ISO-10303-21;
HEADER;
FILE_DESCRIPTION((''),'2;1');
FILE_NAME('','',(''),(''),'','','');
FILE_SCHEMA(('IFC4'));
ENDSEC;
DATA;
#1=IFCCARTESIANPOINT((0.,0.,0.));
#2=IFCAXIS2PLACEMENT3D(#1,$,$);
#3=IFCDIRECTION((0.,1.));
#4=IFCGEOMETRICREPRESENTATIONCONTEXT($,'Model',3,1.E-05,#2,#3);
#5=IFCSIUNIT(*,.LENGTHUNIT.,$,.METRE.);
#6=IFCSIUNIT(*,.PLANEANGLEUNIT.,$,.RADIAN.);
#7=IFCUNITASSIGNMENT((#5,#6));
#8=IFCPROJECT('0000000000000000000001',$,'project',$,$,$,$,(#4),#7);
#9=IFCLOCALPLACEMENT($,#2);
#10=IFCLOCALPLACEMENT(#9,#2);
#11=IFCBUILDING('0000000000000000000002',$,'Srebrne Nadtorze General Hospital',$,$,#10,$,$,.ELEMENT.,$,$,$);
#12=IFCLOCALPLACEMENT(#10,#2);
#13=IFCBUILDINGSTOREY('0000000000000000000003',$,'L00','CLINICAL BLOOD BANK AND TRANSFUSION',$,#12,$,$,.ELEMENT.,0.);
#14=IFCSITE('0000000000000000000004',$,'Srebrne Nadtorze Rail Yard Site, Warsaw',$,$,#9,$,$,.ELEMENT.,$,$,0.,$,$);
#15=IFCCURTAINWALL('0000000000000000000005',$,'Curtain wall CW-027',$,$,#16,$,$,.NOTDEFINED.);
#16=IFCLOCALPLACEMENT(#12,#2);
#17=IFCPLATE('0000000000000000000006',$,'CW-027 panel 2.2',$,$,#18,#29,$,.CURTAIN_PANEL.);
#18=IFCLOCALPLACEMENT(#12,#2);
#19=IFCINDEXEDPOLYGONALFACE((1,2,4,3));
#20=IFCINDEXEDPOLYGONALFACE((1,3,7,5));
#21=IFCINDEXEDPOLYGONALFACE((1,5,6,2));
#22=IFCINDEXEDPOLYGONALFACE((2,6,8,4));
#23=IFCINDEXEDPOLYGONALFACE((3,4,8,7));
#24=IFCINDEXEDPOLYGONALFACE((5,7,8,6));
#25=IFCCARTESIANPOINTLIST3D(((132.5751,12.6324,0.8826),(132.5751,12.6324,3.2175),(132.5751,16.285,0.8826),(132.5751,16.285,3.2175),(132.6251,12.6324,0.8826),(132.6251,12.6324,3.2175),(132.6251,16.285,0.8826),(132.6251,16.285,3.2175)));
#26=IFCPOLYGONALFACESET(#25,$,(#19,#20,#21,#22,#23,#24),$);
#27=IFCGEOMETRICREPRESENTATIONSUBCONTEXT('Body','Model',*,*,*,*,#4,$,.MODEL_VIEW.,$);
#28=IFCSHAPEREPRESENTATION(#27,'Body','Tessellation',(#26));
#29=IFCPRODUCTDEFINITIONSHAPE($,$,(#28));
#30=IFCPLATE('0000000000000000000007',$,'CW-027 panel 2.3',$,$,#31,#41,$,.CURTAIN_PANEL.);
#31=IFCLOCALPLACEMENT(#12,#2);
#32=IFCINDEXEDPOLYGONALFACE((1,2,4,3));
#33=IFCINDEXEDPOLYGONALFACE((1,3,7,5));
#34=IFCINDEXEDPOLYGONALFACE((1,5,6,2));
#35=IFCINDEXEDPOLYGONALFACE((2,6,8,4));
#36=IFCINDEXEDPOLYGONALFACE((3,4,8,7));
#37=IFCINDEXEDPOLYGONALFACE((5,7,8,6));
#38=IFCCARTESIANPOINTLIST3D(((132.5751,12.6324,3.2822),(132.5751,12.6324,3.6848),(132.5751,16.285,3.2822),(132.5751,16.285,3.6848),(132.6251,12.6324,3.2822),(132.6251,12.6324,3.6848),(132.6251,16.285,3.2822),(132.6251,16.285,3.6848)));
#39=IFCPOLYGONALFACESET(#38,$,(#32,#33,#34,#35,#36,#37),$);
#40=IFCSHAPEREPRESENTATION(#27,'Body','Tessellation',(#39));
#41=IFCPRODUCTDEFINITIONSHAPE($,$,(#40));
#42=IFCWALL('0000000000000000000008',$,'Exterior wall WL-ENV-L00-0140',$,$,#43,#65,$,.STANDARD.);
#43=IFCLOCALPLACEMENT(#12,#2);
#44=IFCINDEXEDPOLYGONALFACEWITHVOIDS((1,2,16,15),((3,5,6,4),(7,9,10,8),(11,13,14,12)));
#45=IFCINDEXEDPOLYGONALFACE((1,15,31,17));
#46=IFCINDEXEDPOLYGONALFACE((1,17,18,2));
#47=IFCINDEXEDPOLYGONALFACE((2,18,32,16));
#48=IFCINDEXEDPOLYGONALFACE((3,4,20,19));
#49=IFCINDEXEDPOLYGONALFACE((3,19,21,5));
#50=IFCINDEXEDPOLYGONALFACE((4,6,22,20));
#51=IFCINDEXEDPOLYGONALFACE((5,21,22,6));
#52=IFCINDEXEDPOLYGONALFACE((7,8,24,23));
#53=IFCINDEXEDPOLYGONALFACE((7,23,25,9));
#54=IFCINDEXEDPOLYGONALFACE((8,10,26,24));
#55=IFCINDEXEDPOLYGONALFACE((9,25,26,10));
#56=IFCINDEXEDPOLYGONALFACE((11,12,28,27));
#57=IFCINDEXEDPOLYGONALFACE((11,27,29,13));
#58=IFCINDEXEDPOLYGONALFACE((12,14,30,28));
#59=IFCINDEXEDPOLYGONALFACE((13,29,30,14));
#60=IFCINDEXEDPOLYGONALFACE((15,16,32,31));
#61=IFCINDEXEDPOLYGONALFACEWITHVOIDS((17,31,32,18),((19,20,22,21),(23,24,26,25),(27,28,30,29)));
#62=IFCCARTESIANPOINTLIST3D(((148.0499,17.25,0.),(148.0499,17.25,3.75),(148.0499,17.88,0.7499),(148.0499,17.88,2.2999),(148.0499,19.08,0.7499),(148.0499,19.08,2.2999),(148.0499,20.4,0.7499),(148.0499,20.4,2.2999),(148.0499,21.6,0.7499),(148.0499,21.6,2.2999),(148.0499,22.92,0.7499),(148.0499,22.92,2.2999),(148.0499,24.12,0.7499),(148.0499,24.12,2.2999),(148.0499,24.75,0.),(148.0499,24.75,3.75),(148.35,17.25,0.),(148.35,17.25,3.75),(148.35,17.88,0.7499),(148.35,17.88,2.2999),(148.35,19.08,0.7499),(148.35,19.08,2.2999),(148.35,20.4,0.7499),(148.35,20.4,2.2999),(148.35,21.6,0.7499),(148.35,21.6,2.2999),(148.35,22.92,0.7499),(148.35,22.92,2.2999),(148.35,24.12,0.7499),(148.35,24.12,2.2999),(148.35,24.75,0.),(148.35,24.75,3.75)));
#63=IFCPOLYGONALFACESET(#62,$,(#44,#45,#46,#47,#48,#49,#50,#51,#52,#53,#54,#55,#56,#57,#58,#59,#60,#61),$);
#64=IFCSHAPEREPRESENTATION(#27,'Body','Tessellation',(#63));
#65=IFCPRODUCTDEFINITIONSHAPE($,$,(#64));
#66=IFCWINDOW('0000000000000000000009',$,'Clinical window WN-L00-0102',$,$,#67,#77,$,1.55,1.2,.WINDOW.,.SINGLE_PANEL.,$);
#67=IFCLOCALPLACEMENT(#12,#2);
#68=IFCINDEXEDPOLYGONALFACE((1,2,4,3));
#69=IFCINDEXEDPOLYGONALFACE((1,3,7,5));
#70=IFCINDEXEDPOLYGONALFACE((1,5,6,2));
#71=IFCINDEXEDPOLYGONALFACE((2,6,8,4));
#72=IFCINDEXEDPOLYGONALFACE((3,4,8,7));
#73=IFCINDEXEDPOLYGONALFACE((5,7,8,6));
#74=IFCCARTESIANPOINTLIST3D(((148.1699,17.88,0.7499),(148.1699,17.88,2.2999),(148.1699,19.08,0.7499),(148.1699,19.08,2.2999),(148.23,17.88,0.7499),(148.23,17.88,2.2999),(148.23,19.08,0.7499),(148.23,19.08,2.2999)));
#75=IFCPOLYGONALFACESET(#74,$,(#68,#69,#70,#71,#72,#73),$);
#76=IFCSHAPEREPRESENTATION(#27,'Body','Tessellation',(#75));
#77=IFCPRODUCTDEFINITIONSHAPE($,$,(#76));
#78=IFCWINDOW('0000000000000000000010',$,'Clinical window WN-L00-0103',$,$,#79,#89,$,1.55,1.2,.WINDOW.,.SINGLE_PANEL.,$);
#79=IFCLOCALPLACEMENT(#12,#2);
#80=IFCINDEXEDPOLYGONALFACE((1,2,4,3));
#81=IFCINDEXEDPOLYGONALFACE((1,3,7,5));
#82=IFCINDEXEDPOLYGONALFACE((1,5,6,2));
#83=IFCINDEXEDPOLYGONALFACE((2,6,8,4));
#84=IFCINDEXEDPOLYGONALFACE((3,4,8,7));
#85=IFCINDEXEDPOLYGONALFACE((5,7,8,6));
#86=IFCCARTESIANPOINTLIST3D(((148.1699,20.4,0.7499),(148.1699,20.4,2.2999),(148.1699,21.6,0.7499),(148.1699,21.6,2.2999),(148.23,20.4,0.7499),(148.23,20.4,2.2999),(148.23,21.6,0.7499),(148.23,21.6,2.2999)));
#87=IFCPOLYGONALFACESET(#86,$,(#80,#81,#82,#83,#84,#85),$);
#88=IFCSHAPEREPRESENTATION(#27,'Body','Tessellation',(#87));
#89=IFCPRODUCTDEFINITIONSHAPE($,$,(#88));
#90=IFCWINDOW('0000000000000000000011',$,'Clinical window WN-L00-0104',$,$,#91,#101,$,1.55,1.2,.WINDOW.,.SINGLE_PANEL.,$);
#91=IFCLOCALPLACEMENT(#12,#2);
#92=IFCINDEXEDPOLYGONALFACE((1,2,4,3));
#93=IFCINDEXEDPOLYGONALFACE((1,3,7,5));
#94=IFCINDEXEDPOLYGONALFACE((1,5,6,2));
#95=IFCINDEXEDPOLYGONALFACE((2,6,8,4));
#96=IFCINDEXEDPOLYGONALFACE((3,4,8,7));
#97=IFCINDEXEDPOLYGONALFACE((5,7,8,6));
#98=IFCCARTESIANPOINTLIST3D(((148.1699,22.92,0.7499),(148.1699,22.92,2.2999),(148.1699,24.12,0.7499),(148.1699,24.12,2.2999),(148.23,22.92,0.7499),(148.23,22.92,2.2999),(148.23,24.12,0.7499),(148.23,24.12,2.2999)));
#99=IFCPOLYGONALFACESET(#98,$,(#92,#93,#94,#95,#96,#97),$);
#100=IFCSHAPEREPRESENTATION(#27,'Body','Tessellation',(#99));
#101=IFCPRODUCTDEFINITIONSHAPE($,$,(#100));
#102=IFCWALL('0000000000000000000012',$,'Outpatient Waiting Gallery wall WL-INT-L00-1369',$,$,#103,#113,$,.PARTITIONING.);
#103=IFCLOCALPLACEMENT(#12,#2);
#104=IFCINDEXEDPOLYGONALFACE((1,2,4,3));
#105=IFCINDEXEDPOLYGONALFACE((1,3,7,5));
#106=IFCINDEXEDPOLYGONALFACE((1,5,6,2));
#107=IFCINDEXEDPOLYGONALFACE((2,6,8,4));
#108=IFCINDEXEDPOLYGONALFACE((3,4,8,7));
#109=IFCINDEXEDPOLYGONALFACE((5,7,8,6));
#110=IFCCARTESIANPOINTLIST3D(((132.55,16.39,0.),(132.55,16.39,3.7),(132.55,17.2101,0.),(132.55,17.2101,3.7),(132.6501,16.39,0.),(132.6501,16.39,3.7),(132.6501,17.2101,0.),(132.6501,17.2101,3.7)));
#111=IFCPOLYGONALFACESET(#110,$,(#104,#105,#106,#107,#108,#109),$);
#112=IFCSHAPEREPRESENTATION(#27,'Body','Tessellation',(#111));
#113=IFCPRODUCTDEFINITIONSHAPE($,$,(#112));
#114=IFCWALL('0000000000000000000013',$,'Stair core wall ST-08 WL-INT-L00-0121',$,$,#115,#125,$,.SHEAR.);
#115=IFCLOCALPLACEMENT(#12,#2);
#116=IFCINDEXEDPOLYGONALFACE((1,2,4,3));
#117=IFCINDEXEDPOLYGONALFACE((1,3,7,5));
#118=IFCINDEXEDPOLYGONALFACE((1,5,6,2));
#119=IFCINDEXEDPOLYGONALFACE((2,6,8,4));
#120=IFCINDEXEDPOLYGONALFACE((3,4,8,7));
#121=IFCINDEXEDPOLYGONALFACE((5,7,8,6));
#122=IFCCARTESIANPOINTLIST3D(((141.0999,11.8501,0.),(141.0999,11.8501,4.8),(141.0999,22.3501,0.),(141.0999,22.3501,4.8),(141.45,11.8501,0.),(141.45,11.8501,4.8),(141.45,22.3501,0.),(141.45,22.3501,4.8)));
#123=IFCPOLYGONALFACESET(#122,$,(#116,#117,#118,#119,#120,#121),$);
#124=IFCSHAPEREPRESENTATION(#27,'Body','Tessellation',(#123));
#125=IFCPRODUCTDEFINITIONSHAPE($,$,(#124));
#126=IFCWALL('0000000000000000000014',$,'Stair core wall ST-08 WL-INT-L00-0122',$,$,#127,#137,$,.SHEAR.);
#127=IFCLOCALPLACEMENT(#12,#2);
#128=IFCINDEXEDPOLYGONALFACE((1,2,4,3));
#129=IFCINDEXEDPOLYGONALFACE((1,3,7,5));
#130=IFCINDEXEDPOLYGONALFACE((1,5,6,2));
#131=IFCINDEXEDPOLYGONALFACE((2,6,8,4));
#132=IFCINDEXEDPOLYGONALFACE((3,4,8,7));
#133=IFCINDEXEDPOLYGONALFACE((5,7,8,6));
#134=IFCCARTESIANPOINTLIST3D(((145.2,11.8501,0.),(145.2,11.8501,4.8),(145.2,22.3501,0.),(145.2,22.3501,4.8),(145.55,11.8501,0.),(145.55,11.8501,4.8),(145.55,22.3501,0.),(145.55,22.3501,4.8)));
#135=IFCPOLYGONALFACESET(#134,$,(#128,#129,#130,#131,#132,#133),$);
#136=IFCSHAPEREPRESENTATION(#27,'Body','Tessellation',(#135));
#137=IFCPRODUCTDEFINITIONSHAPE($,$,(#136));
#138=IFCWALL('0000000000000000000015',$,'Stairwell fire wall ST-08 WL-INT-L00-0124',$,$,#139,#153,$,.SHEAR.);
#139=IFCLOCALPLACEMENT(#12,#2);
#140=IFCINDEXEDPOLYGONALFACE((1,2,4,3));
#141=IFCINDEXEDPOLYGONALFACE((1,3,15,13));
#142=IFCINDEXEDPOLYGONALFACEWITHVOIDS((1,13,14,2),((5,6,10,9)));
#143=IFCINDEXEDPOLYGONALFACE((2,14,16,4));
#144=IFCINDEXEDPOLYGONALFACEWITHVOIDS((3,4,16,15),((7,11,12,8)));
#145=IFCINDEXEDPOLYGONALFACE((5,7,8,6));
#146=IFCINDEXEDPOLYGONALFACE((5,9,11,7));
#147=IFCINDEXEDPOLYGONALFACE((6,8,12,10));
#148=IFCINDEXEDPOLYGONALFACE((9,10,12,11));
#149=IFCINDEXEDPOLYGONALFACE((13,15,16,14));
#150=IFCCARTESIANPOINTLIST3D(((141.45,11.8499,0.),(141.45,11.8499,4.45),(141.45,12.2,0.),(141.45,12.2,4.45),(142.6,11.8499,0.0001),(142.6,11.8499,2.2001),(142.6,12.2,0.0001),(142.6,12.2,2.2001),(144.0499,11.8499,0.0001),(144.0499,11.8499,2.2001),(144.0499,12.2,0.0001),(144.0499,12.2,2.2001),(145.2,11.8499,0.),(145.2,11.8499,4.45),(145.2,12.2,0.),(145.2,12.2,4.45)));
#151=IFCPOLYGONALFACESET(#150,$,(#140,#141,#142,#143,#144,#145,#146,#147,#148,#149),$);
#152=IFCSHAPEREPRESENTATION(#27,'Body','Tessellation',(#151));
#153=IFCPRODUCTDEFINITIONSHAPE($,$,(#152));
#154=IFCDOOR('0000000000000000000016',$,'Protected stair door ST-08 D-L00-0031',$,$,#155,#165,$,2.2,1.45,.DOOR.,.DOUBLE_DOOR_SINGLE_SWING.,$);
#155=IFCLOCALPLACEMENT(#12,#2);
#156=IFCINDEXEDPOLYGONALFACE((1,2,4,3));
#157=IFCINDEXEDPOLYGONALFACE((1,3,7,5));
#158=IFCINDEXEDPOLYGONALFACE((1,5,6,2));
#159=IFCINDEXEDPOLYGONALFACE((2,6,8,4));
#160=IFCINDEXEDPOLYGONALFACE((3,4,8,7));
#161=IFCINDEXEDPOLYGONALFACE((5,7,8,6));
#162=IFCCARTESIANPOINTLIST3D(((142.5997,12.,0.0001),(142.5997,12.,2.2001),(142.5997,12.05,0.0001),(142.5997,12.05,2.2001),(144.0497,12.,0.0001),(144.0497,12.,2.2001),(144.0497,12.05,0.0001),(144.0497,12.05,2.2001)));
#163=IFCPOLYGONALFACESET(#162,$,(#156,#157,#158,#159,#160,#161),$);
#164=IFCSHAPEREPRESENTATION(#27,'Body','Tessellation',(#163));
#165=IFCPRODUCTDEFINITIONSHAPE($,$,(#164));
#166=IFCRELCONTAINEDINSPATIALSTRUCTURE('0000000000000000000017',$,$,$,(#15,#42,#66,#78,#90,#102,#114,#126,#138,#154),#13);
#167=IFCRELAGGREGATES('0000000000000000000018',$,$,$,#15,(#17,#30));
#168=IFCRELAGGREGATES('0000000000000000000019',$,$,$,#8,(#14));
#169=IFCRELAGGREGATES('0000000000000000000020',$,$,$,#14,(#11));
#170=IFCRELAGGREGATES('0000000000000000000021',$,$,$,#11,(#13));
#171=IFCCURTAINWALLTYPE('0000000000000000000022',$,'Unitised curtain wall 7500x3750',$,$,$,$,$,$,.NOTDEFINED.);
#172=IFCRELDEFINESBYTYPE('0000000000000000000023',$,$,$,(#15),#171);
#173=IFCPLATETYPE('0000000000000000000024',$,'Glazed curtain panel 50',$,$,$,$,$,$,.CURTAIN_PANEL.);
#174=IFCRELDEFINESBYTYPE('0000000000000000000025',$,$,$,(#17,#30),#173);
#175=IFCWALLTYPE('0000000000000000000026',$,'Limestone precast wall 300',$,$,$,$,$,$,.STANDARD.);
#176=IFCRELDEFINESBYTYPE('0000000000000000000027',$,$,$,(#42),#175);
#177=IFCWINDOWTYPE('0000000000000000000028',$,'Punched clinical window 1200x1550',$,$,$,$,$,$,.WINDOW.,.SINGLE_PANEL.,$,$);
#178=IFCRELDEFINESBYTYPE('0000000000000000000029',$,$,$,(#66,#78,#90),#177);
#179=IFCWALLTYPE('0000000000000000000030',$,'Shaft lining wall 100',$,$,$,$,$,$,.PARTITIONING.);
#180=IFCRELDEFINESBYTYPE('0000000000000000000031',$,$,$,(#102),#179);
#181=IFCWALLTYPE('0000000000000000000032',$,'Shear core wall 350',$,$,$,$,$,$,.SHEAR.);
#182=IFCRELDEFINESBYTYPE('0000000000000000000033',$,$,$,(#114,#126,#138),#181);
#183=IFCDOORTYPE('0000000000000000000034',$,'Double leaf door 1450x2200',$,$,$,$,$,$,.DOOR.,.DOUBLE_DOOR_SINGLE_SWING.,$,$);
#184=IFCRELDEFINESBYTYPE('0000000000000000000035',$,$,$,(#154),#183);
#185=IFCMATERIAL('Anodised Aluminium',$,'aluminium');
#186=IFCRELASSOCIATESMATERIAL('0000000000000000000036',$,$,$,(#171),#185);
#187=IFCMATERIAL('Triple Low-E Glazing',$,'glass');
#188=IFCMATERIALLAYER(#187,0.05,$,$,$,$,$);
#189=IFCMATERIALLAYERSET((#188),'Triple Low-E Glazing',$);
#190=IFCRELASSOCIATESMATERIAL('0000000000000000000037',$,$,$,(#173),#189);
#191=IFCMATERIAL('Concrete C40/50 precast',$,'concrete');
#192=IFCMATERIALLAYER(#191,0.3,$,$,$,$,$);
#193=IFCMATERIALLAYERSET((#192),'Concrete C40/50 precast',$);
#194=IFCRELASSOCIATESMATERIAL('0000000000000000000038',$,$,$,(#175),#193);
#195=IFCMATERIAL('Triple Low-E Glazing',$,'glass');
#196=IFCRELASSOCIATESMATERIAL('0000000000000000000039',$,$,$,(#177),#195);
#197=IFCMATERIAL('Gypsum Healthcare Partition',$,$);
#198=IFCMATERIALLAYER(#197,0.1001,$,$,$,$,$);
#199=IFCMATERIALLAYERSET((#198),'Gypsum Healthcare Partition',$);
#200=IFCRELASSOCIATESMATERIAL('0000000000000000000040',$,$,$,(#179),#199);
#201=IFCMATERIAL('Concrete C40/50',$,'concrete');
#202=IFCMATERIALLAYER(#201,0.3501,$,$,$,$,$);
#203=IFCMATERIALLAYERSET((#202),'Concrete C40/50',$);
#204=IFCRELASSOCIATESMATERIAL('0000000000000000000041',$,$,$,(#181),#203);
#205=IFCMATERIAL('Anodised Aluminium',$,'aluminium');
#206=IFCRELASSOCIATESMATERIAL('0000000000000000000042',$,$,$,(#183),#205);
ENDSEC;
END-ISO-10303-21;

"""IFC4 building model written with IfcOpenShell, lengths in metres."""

from ifc_helpers import new_model, si_unit, direction, frame, frame_2d, origin, origin_2d, place, context, subcontext, project, spatial, rectangle, extrude, material, layer, layer_set, type_object, element, fill, aggregate, save


model = new_model("IFC4")

# Units and contexts
model_context = context("Model", 3, precision=1e-05, world=origin(), true_north=direction((0.0, 1.0)))
body_context = subcontext(model_context, "Body", "Model", "MODEL_VIEW")
ifc_project = project(units=[si_unit("LENGTHUNIT", "METRE"), si_unit("PLANEANGLEUNIT", "RADIAN")], contexts=[model_context])

# Site, building, storey
site_placement = place(None, origin())
site = spatial("IfcSite", under=ifc_project, at=site_placement, Name="Srebrne Nadtorze Rail Yard Site, Warsaw", CompositionType="ELEMENT", RefElevation=0.0)
building_placement = place(site_placement, origin())
building = spatial("IfcBuilding", under=site, at=building_placement, Name="Srebrne Nadtorze General Hospital", CompositionType="ELEMENT")
storey_placement = place(building_placement, origin())
storey = spatial("IfcBuildingStorey", under=building, at=storey_placement, Name="L00", Description="CLINICAL BLOOD BANK AND TRANSFUSION", CompositionType="ELEMENT", Elevation=0.0)

# Curtain wall
ifc_material_1 = material(Name="Anodised Aluminium", Category="aluminium")
curtain_wall_type = type_object("IfcCurtainWallType", Name="Unitised curtain wall 7500x3750", PredefinedType="NOTDEFINED", material=ifc_material_1)
curtain_wall_1_placement = place(storey_placement, origin())
curtain_wall_1 = element("IfcCurtainWall", 1, at=curtain_wall_1_placement, inside=storey, type_object=curtain_wall_type, Name="Curtain wall CW-027", PredefinedType="NOTDEFINED")

# Plates
ifc_material_2 = material(Name="Triple Low-E Glazing", Category="glass")
ifc_layer_1 = layer(ifc_material_2, 0.05)
ifc_layer_set_1 = layer_set([ifc_layer_1], Name="Triple Low-E Glazing")
plate_type = type_object("IfcPlateType", Name="Glazed curtain panel 50", PredefinedType="CURTAIN_PANEL", material=ifc_layer_set_1)
plate_1_placement = place(storey_placement, frame((132.6001, 14.4587, 0.8826), z_axis=(0.0, 0.0, 1.0), x_axis=(0.0, 1.0, 0.0)))
plate_1 = element("IfcPlate", 2, at=plate_1_placement, type_object=plate_type, Name="CW-027 panel 2.2", PredefinedType="CURTAIN_PANEL", context=body_context, shape_type="SweptSolid", body=[
    extrude(rectangle(XDim=3.6526, YDim=0.05, at=origin_2d()), origin(), (0.0, 0.0, 1.0), 2.335),
])
plate_2_placement = place(storey_placement, frame((132.6001, 14.4587, 3.2822), z_axis=(0.0, 0.0, 1.0), x_axis=(0.0, 1.0, 0.0)))
plate_2 = element("IfcPlate", 3, at=plate_2_placement, type_object=plate_type, Name="CW-027 panel 2.3", PredefinedType="CURTAIN_PANEL", context=body_context, shape_type="SweptSolid", body=[
    extrude(rectangle(XDim=3.6526, YDim=0.05, at=origin_2d()), origin(), (0.0, 0.0, 1.0), 0.4026),
])
aggregate(curtain_wall_1, [plate_1, plate_2])

# Wall, openings, windows
ifc_material_3 = material(Name="Concrete C40/50 precast", Category="concrete")
ifc_layer_2 = layer(ifc_material_3, 0.3)
ifc_layer_set_2 = layer_set([ifc_layer_2], Name="Concrete C40/50 precast")
wall_type_1 = type_object("IfcWallType", Name="Limestone precast wall 300", PredefinedType="STANDARD", material=ifc_layer_set_2)
wall_1_placement = place(storey_placement, frame((148.2, 17.25, 0.0), z_axis=(0.0, 0.0, 1.0), x_axis=(0.0, 1.0, 0.0)))
wall_1 = element("IfcWall", 4, at=wall_1_placement, inside=storey, type_object=wall_type_1, Name="Exterior wall WL-ENV-L00-0140", PredefinedType="STANDARD", context=body_context, shape_type="SweptSolid", body=[
    extrude(rectangle(XDim=7.5, YDim=0.3, at=frame_2d((3.75, 0.0))), origin(), (0.0, 0.0, 1.0), 3.75),
])
opening_1_placement = place(wall_1_placement, frame((0.6299, 0.0, 0.75)))
opening_1 = element("IfcOpeningElement", 5, at=opening_1_placement, cuts=wall_1, PredefinedType="OPENING", context=body_context, shape_type="SweptSolid", body=[
    extrude(rectangle(XDim=1.2, YDim=1.55, at=frame_2d((0.6001, 0.7749))), frame((0.0, 0.1621, 0.0), z_axis=(0.0, -1.0, 0.0), x_axis=(1.0, 0.0, 0.0)), (0.0, 0.0, 1.0), 0.324),
])
opening_2_placement = place(wall_1_placement, frame((3.1499, 0.0, 0.75)))
opening_2 = element("IfcOpeningElement", 6, at=opening_2_placement, cuts=wall_1, PredefinedType="OPENING", context=body_context, shape_type="SweptSolid", body=[
    extrude(rectangle(XDim=1.2, YDim=1.55, at=frame_2d((0.6001, 0.7749))), frame((0.0, 0.1621, 0.0), z_axis=(0.0, -1.0, 0.0), x_axis=(1.0, 0.0, 0.0)), (0.0, 0.0, 1.0), 0.324),
])
opening_3_placement = place(wall_1_placement, frame((5.6699, 0.0, 0.75)))
opening_3 = element("IfcOpeningElement", 7, at=opening_3_placement, cuts=wall_1, PredefinedType="OPENING", context=body_context, shape_type="SweptSolid", body=[
    extrude(rectangle(XDim=1.2, YDim=1.55, at=frame_2d((0.6001, 0.7749))), frame((0.0, 0.1621, 0.0), z_axis=(0.0, -1.0, 0.0), x_axis=(1.0, 0.0, 0.0)), (0.0, 0.0, 1.0), 0.324),
])
ifc_material_4 = material(Name="Triple Low-E Glazing", Category="glass")
window_type = type_object("IfcWindowType", Name="Punched clinical window 1200x1550", PartitioningType="SINGLE_PANEL", PredefinedType="WINDOW", material=ifc_material_4)
window_1_placement = place(opening_1_placement, origin())
window_1 = element("IfcWindow", 8, at=window_1_placement, inside=storey, type_object=window_type, Name="Clinical window WN-L00-0102", OverallHeight=1.55, OverallWidth=1.2, PartitioningType="SINGLE_PANEL", PredefinedType="WINDOW", context=body_context, shape_type="SweptSolid", body=[
    extrude(rectangle(XDim=1.2, YDim=1.55, at=frame_2d((0.6001, 0.7749))), frame((0.0, 0.03, 0.0), z_axis=(0.0, -1.0, 0.0), x_axis=(1.0, 0.0, 0.0)), (0.0, 0.0, 1.0), 0.0601),
])
fill(opening_1, window_1)
window_2_placement = place(opening_2_placement, origin())
window_2 = element("IfcWindow", 9, at=window_2_placement, inside=storey, type_object=window_type, Name="Clinical window WN-L00-0103", OverallHeight=1.55, OverallWidth=1.2, PartitioningType="SINGLE_PANEL", PredefinedType="WINDOW", context=body_context, shape_type="SweptSolid", body=[
    extrude(rectangle(XDim=1.2, YDim=1.55, at=frame_2d((0.6001, 0.7749))), frame((0.0, 0.03, 0.0), z_axis=(0.0, -1.0, 0.0), x_axis=(1.0, 0.0, 0.0)), (0.0, 0.0, 1.0), 0.0601),
])
fill(opening_2, window_2)
window_3_placement = place(opening_3_placement, origin())
window_3 = element("IfcWindow", 10, at=window_3_placement, inside=storey, type_object=window_type, Name="Clinical window WN-L00-0104", OverallHeight=1.55, OverallWidth=1.2, PartitioningType="SINGLE_PANEL", PredefinedType="WINDOW", context=body_context, shape_type="SweptSolid", body=[
    extrude(rectangle(XDim=1.2, YDim=1.55, at=frame_2d((0.6001, 0.7749))), frame((0.0, 0.03, 0.0), z_axis=(0.0, -1.0, 0.0), x_axis=(1.0, 0.0, 0.0)), (0.0, 0.0, 1.0), 0.0601),
])
fill(opening_3, window_3)

# Walls
ifc_material_5 = material(Name="Gypsum Healthcare Partition")
ifc_layer_3 = layer(ifc_material_5, 0.1001)
ifc_layer_set_3 = layer_set([ifc_layer_3], Name="Gypsum Healthcare Partition")
wall_type_2 = type_object("IfcWallType", Name="Shaft lining wall 100", PredefinedType="PARTITIONING", material=ifc_layer_set_3)
wall_2_placement = place(storey_placement, frame((132.6001, 16.3899, 0.0), z_axis=(0.0, 0.0, 1.0), x_axis=(0.0, 1.0, 0.0)))
element("IfcWall", 11, at=wall_2_placement, inside=storey, type_object=wall_type_2, Name="Outpatient Waiting Gallery wall WL-INT-L00-1369", PredefinedType="PARTITIONING", context=body_context, shape_type="SweptSolid", body=[
    extrude(rectangle(XDim=0.8201, YDim=0.1001, at=frame_2d((0.4102, 0.0))), origin(), (0.0, 0.0, 1.0), 3.7),
])
ifc_material_6 = material(Name="Concrete C40/50", Category="concrete")
ifc_layer_4 = layer(ifc_material_6, 0.3501)
ifc_layer_set_4 = layer_set([ifc_layer_4], Name="Concrete C40/50")
wall_type_3 = type_object("IfcWallType", Name="Shear core wall 350", PredefinedType="SHEAR", material=ifc_layer_set_4)
for number, where, z_axis, x_axis, name in (
    (12, (141.2749, 11.8501, 0.0), (0.0, 0.0, 1.0), (0.0, 1.0, 0.0), "Stair core wall ST-08 WL-INT-L00-0121"),
    (13, (145.375, 11.8501, 0.0), (0.0, 0.0, 1.0), (0.0, 1.0, 0.0), "Stair core wall ST-08 WL-INT-L00-0122"),
):
    element("IfcWall", number, at=place(storey_placement, frame(where, z_axis=z_axis, x_axis=x_axis)), inside=storey, type_object=wall_type_3, Name=name, PredefinedType="SHEAR", context=body_context, shape_type="SweptSolid", body=[
        extrude(rectangle(XDim=10.5, YDim=0.3501, at=frame_2d((5.25, 0.0))), origin(), (0.0, 0.0, 1.0), 4.8),
    ])

# Wall, opening, door
wall_3_placement = place(storey_placement, frame((141.45, 12.0249, 0.0), z_axis=(0.0, 0.0, 1.0), x_axis=(1.0, 0.0, 0.0)))
wall_3 = element("IfcWall", 14, at=wall_3_placement, inside=storey, type_object=wall_type_3, Name="Stairwell fire wall ST-08 WL-INT-L00-0124", PredefinedType="SHEAR", context=body_context, shape_type="SweptSolid", body=[
    extrude(rectangle(XDim=3.75, YDim=0.3501, at=frame_2d((1.875, 0.0))), origin(), (0.0, 0.0, 1.0), 4.45),
])
opening_4_placement = place(wall_3_placement, frame((1.1499, 0.0, 0.0)))
opening_4 = element("IfcOpeningElement", 15, at=opening_4_placement, cuts=wall_3, PredefinedType="OPENING", context=body_context, shape_type="SweptSolid", body=[
    extrude(rectangle(XDim=1.45, YDim=2.2, at=frame_2d((0.7251, 1.1001))), frame((0.0, 0.187, 0.0), z_axis=(0.0, -1.0, 0.0), x_axis=(1.0, 0.0, 0.0)), (0.0, 0.0, 1.0), 0.374),
])
ifc_material_7 = material(Name="Anodised Aluminium", Category="aluminium")
door_type = type_object("IfcDoorType", Name="Double leaf door 1450x2200", OperationType="DOUBLE_DOOR_SINGLE_SWING", PredefinedType="DOOR", material=ifc_material_7)
door_placement = place(opening_4_placement, frame((1.45, 0.0, 0.0), z_axis=(0.0, 0.0, 1.0), x_axis=(-1.0, 0.0, 0.0)))
door = element("IfcDoor", 16, at=door_placement, inside=storey, type_object=door_type, Name="Protected stair door ST-08 D-L00-0031", OperationType="DOUBLE_DOOR_SINGLE_SWING", OverallHeight=2.2, OverallWidth=1.45, PredefinedType="DOOR", context=body_context, shape_type="SweptSolid", body=[
    extrude(rectangle(XDim=1.45, YDim=2.2, at=frame_2d((0.7251, 1.1001))), frame((0.0, 0.0249, 0.0), z_axis=(0.0, -1.0, 0.0), x_axis=(1.0, 0.0, 0.0)), (0.0, 0.0, 1.0), 0.05),
])
fill(opening_4, door)

save(model, "model.ifc")
